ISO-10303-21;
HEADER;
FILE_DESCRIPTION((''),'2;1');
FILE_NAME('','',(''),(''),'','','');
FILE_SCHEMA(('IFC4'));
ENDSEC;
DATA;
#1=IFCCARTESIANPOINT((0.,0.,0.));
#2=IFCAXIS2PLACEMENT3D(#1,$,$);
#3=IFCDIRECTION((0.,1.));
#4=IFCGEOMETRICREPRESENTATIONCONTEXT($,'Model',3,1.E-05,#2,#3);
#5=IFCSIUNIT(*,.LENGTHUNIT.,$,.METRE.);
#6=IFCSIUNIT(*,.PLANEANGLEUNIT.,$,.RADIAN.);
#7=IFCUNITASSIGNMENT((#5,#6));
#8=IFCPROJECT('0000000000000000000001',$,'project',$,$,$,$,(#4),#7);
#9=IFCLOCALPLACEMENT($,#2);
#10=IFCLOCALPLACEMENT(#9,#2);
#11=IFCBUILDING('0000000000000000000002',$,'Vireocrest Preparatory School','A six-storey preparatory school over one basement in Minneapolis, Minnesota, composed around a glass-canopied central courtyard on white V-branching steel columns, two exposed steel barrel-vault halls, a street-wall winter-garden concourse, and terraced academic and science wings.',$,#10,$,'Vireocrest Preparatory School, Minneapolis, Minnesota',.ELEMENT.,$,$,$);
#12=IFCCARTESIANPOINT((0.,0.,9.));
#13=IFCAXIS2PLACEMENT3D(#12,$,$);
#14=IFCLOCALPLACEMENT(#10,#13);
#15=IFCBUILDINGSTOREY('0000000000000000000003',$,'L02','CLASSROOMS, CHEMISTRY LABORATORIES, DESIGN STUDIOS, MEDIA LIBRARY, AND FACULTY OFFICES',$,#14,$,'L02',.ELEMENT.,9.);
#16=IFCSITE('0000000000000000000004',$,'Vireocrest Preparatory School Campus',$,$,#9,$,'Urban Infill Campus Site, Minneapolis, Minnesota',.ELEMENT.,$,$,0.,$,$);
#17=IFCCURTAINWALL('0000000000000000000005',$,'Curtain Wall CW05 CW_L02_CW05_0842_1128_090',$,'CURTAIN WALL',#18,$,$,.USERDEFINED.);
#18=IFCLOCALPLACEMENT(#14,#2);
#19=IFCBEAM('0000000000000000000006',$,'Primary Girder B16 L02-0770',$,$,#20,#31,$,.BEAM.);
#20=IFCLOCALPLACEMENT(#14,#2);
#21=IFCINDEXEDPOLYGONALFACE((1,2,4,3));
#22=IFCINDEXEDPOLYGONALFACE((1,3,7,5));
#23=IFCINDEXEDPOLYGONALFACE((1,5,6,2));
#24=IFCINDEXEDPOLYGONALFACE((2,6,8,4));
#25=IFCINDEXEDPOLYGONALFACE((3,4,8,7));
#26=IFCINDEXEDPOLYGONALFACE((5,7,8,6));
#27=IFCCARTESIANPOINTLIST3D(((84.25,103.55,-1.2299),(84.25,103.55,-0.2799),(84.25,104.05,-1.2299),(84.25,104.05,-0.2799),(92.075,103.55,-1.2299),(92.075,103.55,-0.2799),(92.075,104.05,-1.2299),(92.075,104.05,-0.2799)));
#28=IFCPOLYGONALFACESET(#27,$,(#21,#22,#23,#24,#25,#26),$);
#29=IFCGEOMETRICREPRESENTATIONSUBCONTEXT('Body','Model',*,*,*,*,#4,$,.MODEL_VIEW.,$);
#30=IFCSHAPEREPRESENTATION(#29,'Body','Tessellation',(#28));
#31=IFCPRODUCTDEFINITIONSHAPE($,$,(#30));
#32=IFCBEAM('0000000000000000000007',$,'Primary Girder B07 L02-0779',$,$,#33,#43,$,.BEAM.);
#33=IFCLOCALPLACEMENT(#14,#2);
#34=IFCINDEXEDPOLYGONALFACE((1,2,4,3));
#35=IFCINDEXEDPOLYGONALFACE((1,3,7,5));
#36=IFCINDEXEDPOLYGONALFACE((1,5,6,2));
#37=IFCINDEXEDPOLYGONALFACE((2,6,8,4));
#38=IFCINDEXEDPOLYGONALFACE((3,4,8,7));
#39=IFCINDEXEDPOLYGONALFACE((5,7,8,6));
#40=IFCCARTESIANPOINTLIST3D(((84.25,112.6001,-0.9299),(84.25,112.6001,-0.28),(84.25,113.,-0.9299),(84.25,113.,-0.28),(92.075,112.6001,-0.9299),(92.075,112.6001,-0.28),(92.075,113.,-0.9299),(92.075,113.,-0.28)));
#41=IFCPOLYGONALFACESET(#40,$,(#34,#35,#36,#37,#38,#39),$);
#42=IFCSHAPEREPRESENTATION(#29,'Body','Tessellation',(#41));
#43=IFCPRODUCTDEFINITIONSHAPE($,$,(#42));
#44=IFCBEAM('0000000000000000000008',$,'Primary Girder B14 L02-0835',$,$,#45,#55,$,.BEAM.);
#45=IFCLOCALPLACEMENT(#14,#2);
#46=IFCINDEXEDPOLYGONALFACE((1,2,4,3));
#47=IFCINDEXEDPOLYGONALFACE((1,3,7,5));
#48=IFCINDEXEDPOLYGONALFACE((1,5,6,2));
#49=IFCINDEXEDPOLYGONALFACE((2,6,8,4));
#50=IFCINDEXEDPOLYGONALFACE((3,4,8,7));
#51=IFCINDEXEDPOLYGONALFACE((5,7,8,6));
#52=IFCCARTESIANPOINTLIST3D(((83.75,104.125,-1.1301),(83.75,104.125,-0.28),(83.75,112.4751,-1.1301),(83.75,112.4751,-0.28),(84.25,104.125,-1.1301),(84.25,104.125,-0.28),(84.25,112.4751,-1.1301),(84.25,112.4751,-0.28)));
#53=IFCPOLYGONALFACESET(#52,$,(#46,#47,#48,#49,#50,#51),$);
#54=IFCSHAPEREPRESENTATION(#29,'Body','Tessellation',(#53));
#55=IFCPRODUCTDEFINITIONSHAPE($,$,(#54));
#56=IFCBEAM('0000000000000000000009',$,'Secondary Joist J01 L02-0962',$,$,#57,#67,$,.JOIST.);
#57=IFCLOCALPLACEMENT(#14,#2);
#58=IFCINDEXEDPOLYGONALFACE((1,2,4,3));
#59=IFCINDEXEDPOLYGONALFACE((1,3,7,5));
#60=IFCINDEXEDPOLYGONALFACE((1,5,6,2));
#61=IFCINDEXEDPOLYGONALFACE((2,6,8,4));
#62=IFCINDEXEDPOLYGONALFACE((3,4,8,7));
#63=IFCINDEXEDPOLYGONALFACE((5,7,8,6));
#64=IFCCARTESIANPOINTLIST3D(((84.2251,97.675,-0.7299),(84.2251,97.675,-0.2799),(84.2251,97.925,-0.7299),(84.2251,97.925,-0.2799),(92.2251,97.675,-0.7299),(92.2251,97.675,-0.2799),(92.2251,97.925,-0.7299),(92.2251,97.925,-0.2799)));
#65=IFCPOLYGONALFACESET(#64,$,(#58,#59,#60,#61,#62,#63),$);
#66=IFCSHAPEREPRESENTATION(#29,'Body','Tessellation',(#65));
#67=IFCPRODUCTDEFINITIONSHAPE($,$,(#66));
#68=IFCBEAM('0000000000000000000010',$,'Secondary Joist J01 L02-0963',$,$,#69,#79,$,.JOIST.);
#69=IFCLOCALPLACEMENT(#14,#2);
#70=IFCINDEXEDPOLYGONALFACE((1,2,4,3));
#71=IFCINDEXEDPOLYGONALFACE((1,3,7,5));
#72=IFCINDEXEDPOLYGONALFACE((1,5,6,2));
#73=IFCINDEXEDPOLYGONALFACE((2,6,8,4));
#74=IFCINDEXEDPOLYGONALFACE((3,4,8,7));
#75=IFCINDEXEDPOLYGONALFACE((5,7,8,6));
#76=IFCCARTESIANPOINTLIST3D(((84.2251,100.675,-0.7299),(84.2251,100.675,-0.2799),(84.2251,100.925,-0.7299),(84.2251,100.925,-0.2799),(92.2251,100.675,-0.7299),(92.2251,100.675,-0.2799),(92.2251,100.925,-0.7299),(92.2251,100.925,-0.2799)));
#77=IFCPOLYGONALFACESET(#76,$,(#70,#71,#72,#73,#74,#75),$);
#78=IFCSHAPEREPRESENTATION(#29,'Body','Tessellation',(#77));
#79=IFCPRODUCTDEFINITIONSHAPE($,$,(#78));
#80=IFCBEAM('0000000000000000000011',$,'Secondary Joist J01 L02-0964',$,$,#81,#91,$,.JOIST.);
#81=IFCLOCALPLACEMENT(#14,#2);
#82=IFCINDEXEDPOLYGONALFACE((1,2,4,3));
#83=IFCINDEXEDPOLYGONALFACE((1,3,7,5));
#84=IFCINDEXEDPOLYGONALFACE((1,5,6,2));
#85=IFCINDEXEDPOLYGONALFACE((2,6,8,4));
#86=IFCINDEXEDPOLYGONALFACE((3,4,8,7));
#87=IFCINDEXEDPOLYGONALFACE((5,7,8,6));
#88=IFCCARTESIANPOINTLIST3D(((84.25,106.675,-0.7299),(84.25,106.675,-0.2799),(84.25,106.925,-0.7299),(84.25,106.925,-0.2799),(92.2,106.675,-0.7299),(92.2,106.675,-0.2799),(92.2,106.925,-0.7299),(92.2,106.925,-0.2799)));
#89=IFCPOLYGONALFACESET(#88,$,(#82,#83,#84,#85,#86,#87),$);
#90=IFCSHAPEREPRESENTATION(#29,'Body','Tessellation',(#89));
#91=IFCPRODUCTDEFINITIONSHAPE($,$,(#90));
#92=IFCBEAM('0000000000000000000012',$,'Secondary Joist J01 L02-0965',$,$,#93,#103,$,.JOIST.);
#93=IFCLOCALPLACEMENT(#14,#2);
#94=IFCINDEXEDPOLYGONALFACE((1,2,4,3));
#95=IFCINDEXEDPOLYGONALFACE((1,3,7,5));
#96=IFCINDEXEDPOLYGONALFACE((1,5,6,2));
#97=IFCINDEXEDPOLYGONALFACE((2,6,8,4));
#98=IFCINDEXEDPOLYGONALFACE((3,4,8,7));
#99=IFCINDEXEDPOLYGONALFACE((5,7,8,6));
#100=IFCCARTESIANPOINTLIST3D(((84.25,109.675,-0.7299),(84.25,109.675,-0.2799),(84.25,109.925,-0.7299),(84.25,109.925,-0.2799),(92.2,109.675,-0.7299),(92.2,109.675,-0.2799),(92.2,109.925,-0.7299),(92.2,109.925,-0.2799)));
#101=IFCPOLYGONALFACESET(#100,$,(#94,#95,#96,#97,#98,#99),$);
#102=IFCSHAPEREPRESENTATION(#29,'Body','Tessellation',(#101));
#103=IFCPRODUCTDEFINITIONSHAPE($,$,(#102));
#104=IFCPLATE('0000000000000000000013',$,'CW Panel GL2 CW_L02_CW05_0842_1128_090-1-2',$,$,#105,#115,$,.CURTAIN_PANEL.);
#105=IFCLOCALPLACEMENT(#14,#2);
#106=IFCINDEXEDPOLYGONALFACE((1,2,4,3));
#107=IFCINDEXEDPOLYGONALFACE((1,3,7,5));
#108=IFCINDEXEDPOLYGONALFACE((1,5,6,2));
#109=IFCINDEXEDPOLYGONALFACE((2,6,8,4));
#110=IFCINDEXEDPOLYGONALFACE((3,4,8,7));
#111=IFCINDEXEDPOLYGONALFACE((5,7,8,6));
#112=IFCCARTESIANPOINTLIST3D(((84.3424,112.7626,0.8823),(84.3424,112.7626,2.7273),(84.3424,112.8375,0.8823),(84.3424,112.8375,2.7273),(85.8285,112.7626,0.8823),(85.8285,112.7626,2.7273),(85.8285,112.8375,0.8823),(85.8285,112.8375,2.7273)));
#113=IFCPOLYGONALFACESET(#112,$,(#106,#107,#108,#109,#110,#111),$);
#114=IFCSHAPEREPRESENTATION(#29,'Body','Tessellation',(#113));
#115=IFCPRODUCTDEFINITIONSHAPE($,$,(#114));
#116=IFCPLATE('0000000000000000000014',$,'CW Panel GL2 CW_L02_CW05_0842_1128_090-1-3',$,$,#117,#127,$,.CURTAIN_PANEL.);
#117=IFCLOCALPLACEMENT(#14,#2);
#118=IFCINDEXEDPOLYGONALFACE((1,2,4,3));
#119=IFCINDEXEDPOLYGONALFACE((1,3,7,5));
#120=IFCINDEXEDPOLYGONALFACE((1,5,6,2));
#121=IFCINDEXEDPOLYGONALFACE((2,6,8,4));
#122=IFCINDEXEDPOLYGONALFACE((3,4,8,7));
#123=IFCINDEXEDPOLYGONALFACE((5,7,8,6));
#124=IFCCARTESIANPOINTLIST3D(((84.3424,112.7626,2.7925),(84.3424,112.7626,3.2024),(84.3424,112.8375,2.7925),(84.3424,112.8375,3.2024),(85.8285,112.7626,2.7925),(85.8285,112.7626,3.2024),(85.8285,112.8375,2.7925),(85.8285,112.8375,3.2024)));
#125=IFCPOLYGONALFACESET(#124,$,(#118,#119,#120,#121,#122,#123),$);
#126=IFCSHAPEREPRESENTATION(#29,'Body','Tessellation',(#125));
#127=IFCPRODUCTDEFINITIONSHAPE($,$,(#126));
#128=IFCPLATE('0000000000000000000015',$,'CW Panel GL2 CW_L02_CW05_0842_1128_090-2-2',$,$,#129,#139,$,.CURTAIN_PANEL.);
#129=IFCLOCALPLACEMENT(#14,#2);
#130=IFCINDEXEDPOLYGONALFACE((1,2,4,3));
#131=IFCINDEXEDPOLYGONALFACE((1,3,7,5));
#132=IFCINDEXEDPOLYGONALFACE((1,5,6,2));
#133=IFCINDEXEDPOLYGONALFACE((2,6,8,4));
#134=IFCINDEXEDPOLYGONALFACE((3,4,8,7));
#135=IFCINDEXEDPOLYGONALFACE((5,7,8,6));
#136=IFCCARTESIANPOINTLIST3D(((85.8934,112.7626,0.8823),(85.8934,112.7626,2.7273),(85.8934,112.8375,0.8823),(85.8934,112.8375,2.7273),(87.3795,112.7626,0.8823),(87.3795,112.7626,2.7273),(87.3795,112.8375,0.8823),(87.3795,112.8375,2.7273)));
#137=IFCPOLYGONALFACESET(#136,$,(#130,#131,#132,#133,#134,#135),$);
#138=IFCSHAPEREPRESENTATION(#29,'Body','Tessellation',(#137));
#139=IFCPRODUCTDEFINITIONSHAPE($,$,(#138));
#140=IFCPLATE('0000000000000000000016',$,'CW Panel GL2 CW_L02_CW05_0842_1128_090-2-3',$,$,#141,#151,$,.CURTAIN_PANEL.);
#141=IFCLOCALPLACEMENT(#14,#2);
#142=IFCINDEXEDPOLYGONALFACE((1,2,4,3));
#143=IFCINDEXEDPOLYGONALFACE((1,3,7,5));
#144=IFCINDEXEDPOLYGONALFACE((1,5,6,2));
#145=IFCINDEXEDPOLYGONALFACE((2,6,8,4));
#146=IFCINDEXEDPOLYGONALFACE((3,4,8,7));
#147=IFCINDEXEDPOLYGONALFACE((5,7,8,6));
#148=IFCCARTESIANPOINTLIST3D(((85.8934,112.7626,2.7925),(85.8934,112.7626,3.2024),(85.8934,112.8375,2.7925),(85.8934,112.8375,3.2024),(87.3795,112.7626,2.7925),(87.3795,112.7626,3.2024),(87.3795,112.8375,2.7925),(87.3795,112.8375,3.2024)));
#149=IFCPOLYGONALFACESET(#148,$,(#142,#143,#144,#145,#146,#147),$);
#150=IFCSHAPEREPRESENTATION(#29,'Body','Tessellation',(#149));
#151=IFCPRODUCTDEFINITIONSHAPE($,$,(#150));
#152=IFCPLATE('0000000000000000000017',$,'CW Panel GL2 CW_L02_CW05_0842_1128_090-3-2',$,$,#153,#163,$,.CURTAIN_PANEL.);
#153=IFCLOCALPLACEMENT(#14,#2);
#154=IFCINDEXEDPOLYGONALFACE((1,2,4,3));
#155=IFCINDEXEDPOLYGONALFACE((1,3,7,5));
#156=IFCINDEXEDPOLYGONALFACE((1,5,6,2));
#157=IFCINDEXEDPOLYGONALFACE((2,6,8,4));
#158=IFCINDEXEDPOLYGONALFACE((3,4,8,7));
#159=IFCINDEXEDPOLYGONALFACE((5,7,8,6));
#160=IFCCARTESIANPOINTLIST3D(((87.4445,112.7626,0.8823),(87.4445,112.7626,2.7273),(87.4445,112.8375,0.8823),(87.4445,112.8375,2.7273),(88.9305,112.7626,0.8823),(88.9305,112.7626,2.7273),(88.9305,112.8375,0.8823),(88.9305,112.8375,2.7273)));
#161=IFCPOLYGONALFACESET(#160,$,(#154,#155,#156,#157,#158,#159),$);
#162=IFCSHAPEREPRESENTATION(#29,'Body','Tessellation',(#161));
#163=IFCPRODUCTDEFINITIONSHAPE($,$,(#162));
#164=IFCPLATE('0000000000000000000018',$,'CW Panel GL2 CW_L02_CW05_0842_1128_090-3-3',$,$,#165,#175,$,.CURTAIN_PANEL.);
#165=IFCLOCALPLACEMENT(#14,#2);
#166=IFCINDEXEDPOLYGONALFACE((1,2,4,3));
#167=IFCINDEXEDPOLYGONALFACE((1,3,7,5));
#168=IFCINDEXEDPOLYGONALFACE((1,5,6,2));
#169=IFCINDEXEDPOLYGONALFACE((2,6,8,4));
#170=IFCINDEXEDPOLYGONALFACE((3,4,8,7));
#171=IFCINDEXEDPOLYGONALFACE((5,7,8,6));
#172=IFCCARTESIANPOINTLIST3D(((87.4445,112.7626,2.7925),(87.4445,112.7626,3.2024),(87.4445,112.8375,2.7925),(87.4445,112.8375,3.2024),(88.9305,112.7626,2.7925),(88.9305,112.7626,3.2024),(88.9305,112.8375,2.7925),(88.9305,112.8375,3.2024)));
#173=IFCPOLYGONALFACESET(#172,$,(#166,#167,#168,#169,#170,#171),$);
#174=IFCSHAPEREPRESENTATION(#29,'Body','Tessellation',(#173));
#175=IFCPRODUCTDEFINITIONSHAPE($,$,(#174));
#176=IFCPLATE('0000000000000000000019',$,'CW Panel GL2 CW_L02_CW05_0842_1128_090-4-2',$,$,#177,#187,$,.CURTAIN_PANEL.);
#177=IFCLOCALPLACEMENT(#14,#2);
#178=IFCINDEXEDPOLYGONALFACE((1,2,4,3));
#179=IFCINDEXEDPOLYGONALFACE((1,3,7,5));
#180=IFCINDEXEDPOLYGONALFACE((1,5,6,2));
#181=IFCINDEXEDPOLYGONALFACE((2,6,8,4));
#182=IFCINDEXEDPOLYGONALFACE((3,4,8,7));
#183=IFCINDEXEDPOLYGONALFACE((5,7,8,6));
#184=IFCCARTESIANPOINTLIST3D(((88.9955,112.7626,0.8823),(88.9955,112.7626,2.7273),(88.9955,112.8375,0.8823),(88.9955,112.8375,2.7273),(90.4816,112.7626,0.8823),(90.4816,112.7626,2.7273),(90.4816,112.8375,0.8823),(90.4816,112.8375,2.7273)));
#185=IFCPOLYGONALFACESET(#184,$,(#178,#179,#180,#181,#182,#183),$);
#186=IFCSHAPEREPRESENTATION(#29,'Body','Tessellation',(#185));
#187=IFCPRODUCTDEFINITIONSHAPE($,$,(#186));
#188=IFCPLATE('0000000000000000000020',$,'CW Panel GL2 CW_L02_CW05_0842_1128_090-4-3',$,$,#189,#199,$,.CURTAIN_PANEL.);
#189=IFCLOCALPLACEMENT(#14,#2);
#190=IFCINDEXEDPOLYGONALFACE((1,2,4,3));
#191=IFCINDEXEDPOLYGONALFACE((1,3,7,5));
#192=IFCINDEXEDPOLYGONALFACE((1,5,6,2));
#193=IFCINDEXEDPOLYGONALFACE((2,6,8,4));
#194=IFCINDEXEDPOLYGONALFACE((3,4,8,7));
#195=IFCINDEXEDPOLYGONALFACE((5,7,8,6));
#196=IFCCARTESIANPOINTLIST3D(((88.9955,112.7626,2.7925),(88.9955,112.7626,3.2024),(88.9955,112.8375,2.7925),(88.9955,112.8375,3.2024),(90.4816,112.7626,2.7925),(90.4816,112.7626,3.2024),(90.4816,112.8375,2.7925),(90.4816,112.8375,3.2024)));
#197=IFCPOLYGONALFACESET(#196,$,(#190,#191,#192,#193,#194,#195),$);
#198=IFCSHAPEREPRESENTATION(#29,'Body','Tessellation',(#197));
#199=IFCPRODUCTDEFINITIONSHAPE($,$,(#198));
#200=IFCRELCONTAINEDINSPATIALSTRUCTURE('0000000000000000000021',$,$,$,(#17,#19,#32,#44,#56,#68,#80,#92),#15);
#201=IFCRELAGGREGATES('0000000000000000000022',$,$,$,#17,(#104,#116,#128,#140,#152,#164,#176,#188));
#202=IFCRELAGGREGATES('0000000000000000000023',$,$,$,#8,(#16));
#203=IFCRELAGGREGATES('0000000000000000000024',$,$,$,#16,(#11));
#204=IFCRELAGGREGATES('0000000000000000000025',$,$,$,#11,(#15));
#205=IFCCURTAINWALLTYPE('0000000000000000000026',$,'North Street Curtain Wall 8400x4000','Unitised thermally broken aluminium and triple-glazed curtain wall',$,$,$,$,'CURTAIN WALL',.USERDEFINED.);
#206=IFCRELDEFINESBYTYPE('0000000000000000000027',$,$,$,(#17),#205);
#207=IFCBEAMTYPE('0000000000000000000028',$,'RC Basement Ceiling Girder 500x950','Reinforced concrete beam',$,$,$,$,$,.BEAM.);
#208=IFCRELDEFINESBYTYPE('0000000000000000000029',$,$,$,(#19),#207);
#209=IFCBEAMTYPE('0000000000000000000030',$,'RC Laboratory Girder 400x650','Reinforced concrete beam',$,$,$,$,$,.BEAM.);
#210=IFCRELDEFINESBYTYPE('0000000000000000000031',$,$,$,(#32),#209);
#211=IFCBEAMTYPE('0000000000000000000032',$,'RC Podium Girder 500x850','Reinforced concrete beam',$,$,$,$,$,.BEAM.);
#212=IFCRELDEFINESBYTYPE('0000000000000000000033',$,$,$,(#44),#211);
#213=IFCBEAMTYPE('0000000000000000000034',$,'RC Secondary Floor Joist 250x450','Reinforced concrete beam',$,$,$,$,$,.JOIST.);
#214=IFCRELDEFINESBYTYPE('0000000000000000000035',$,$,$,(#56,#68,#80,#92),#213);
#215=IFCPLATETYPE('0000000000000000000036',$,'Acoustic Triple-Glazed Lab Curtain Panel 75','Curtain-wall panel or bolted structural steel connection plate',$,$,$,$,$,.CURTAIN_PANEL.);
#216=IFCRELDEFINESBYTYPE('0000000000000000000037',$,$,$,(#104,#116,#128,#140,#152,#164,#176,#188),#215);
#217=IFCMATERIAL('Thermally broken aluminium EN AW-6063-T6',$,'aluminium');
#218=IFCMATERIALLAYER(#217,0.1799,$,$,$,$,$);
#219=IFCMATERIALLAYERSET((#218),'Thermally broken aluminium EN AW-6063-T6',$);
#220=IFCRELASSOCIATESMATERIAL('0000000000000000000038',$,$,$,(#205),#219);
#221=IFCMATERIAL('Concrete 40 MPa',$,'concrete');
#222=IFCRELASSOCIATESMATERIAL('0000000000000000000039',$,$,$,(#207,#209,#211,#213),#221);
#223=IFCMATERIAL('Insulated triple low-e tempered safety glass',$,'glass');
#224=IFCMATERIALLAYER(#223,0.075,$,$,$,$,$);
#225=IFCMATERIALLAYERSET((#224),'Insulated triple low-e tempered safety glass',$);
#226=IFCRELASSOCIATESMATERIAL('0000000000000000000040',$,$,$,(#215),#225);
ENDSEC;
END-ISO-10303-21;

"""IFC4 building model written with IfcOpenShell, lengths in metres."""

from ifc_helpers import new_model, si_unit, direction, frame, origin, origin_2d, place, context, subcontext, project, spatial, rectangle, extrude, material, layer, layer_set, material_profile, profile_set, type_object, element, aggregate, save


model = new_model("IFC4")

# Units and contexts
model_context = context("Model", 3, precision=1e-05, world=origin(), true_north=direction((0.0, 1.0)))
body_context = subcontext(model_context, "Body", "Model", "MODEL_VIEW")
ifc_project = project(units=[si_unit("LENGTHUNIT", "METRE"), si_unit("PLANEANGLEUNIT", "RADIAN")], contexts=[model_context])

# Site, building, storey
site_placement = place(None, origin())
site = spatial("IfcSite", under=ifc_project, at=site_placement, Name="Vireocrest Preparatory School Campus", LongName="Urban Infill Campus Site, Minneapolis, Minnesota", CompositionType="ELEMENT", RefElevation=0.0)
building_placement = place(site_placement, origin())
building = spatial("IfcBuilding", under=site, at=building_placement, Name="Vireocrest Preparatory School", Description="A six-storey preparatory school over one basement in Minneapolis, Minnesota, composed around a glass-canopied central courtyard on white V-branching steel columns, two exposed steel barrel-vault halls, a street-wall winter-garden concourse, and terraced academic and science wings.", LongName="Vireocrest Preparatory School, Minneapolis, Minnesota", CompositionType="ELEMENT")
storey_placement = place(building_placement, frame((0.0, 0.0, 9.0)))
storey = spatial("IfcBuildingStorey", under=building, at=storey_placement, Name="L02", Description="CLASSROOMS, CHEMISTRY LABORATORIES, DESIGN STUDIOS, MEDIA LIBRARY, AND FACULTY OFFICES", LongName="L02", CompositionType="ELEMENT", Elevation=9.0)

# Curtain wall
ifc_material_1 = material(Name="Thermally broken aluminium EN AW-6063-T6", Category="aluminium")
ifc_layer_1 = layer(ifc_material_1, 0.1799)
ifc_layer_set_1 = layer_set([ifc_layer_1], Name="Thermally broken aluminium EN AW-6063-T6")
curtain_wall_type = type_object("IfcCurtainWallType", Name="North Street Curtain Wall 8400x4000", Description="Unitised thermally broken aluminium and triple-glazed curtain wall", ElementType="CURTAIN WALL", PredefinedType="USERDEFINED", material=ifc_layer_set_1)
curtain_wall_placement = place(storey_placement, origin())
curtain_wall = element("IfcCurtainWall", 1, at=curtain_wall_placement, inside=storey, type_object=curtain_wall_type, Name="Curtain Wall CW05 CW_L02_CW05_0842_1128_090", ObjectType="CURTAIN WALL", PredefinedType="USERDEFINED")

# Beams
ifc_material_2 = material(Name="Concrete 40 MPa", Category="concrete")
ifc_material_profile_1 = material_profile(ifc_material_2, rectangle(XDim=0.5, YDim=0.95, at=origin_2d()), Name="RC 500x950")
ifc_profile_set_1 = profile_set([ifc_material_profile_1], Name="Concrete 40 MPa")
beam_type_1 = type_object("IfcBeamType", Name="RC Basement Ceiling Girder 500x950", Description="Reinforced concrete beam", PredefinedType="BEAM", material=ifc_profile_set_1)
beam_1_placement = place(storey_placement, frame((84.25, 103.8, -0.7549), z_axis=(1.0, 0.0, 0.0), x_axis=(0.0, 1.0, 0.0)))
element("IfcBeam", 2, at=beam_1_placement, inside=storey, type_object=beam_type_1, Name="Primary Girder B16 L02-0770", PredefinedType="BEAM", context=body_context, shape_type="SweptSolid", body=[
    extrude(rectangle(XDim=0.5, YDim=0.95, at=origin_2d()), origin(), (0.0, 0.0, 1.0), 7.825),
])
ifc_material_profile_2 = material_profile(ifc_material_2, rectangle(XDim=0.3999, YDim=0.6499, at=origin_2d()), Name="RC 400x650")
ifc_profile_set_2 = profile_set([ifc_material_profile_2], Name="Concrete 40 MPa")
beam_type_2 = type_object("IfcBeamType", Name="RC Laboratory Girder 400x650", Description="Reinforced concrete beam", PredefinedType="BEAM", material=ifc_profile_set_2)
beam_2_placement = place(storey_placement, frame((84.25, 112.8, -0.605), z_axis=(1.0, 0.0, 0.0), x_axis=(0.0, 1.0, 0.0)))
element("IfcBeam", 3, at=beam_2_placement, inside=storey, type_object=beam_type_2, Name="Primary Girder B07 L02-0779", PredefinedType="BEAM", context=body_context, shape_type="SweptSolid", body=[
    extrude(rectangle(XDim=0.3999, YDim=0.6499, at=origin_2d()), origin(), (0.0, 0.0, 1.0), 7.825),
])
ifc_material_profile_3 = material_profile(ifc_material_2, rectangle(XDim=0.5, YDim=0.8501, at=origin_2d()), Name="RC 500x850")
ifc_profile_set_3 = profile_set([ifc_material_profile_3], Name="Concrete 40 MPa")
beam_type_3 = type_object("IfcBeamType", Name="RC Podium Girder 500x850", Description="Reinforced concrete beam", PredefinedType="BEAM", material=ifc_profile_set_3)
beam_3_placement = place(storey_placement, frame((84.0, 104.125, -0.7051), z_axis=(0.0, 1.0, 0.0), x_axis=(-1.0, 0.0, 0.0)))
element("IfcBeam", 4, at=beam_3_placement, inside=storey, type_object=beam_type_3, Name="Primary Girder B14 L02-0835", PredefinedType="BEAM", context=body_context, shape_type="SweptSolid", body=[
    extrude(rectangle(XDim=0.5, YDim=0.8501, at=origin_2d()), origin(), (0.0, 0.0, 1.0), 8.3501),
])
ifc_material_profile_4 = material_profile(ifc_material_2, rectangle(XDim=0.25, YDim=0.45, at=origin_2d()), Name="RC 250x450")
ifc_profile_set_4 = profile_set([ifc_material_profile_4], Name="Concrete 40 MPa")
beam_type_4 = type_object("IfcBeamType", Name="RC Secondary Floor Joist 250x450", Description="Reinforced concrete beam", PredefinedType="JOIST", material=ifc_profile_set_4)
for number, where, z_axis, x_axis, name in (
    (5, (84.2251, 97.8, -0.5049), (1.0, 0.0, 0.0), (0.0, 1.0, 0.0), "Secondary Joist J01 L02-0962"),
    (6, (84.2251, 100.8, -0.5049), (1.0, 0.0, 0.0), (0.0, 1.0, 0.0), "Secondary Joist J01 L02-0963"),
):
    element("IfcBeam", number, at=place(storey_placement, frame(where, z_axis=z_axis, x_axis=x_axis)), inside=storey, type_object=beam_type_4, Name=name, PredefinedType="JOIST", context=body_context, shape_type="SweptSolid", body=[
        extrude(rectangle(XDim=0.25, YDim=0.45, at=origin_2d()), origin(), (0.0, 0.0, 1.0), 8.0),
    ])
for number, where, z_axis, x_axis, name in (
    (7, (84.25, 106.8, -0.5049), (1.0, 0.0, 0.0), (0.0, 1.0, 0.0), "Secondary Joist J01 L02-0964"),
    (8, (84.25, 109.8, -0.5049), (1.0, 0.0, 0.0), (0.0, 1.0, 0.0), "Secondary Joist J01 L02-0965"),
):
    element("IfcBeam", number, at=place(storey_placement, frame(where, z_axis=z_axis, x_axis=x_axis)), inside=storey, type_object=beam_type_4, Name=name, PredefinedType="JOIST", context=body_context, shape_type="SweptSolid", body=[
        extrude(rectangle(XDim=0.25, YDim=0.45, at=origin_2d()), origin(), (0.0, 0.0, 1.0), 7.95),
    ])

# Plates
ifc_material_3 = material(Name="Insulated triple low-e tempered safety glass", Category="glass")
ifc_layer_2 = layer(ifc_material_3, 0.075)
ifc_layer_set_2 = layer_set([ifc_layer_2], Name="Insulated triple low-e tempered safety glass")
plate_type_1 = type_object("IfcPlateType", Name="Acoustic Triple-Glazed Lab Curtain Panel 75", Description="Curtain-wall panel or bolted structural steel connection plate", PredefinedType="CURTAIN_PANEL", material=ifc_layer_set_2)
plate_1_placement = place(storey_placement, frame((85.0854, 112.8, 0.8823), z_axis=(0.0, 0.0, 1.0), x_axis=(1.0, 0.0, 0.0)))
plate_1 = element("IfcPlate", 9, at=plate_1_placement, type_object=plate_type_1, Name="CW Panel GL2 CW_L02_CW05_0842_1128_090-1-2", PredefinedType="CURTAIN_PANEL", context=body_context, shape_type="SweptSolid", body=[
    extrude(rectangle(XDim=1.4861, YDim=0.075, at=origin_2d()), origin(), (0.0, 0.0, 1.0), 1.845),
])
plate_2_placement = place(storey_placement, frame((85.0854, 112.8, 2.7925), z_axis=(0.0, 0.0, 1.0), x_axis=(1.0, 0.0, 0.0)))
plate_2 = element("IfcPlate", 10, at=plate_2_placement, type_object=plate_type_1, Name="CW Panel GL2 CW_L02_CW05_0842_1128_090-1-3", PredefinedType="CURTAIN_PANEL", context=body_context, shape_type="SweptSolid", body=[
    extrude(rectangle(XDim=1.4861, YDim=0.075, at=origin_2d()), origin(), (0.0, 0.0, 1.0), 0.4099),
])
plate_3_placement = place(storey_placement, frame((86.6365, 112.8, 0.8823), z_axis=(0.0, 0.0, 1.0), x_axis=(1.0, 0.0, 0.0)))
plate_3 = element("IfcPlate", 11, at=plate_3_placement, type_object=plate_type_1, Name="CW Panel GL2 CW_L02_CW05_0842_1128_090-2-2", PredefinedType="CURTAIN_PANEL", context=body_context, shape_type="SweptSolid", body=[
    extrude(rectangle(XDim=1.4861, YDim=0.075, at=origin_2d()), origin(), (0.0, 0.0, 1.0), 1.845),
])
plate_4_placement = place(storey_placement, frame((86.6365, 112.8, 2.7925), z_axis=(0.0, 0.0, 1.0), x_axis=(1.0, 0.0, 0.0)))
plate_4 = element("IfcPlate", 12, at=plate_4_placement, type_object=plate_type_1, Name="CW Panel GL2 CW_L02_CW05_0842_1128_090-2-3", PredefinedType="CURTAIN_PANEL", context=body_context, shape_type="SweptSolid", body=[
    extrude(rectangle(XDim=1.4861, YDim=0.075, at=origin_2d()), origin(), (0.0, 0.0, 1.0), 0.4099),
])
plate_5_placement = place(storey_placement, frame((88.1875, 112.8, 0.8823), z_axis=(0.0, 0.0, 1.0), x_axis=(1.0, 0.0, 0.0)))
plate_5 = element("IfcPlate", 13, at=plate_5_placement, type_object=plate_type_1, Name="CW Panel GL2 CW_L02_CW05_0842_1128_090-3-2", PredefinedType="CURTAIN_PANEL", context=body_context, shape_type="SweptSolid", body=[
    extrude(rectangle(XDim=1.4861, YDim=0.075, at=origin_2d()), origin(), (0.0, 0.0, 1.0), 1.845),
])
plate_6_placement = place(storey_placement, frame((88.1875, 112.8, 2.7925), z_axis=(0.0, 0.0, 1.0), x_axis=(1.0, 0.0, 0.0)))
plate_6 = element("IfcPlate", 14, at=plate_6_placement, type_object=plate_type_1, Name="CW Panel GL2 CW_L02_CW05_0842_1128_090-3-3", PredefinedType="CURTAIN_PANEL", context=body_context, shape_type="SweptSolid", body=[
    extrude(rectangle(XDim=1.4861, YDim=0.075, at=origin_2d()), origin(), (0.0, 0.0, 1.0), 0.4099),
])
plate_7_placement = place(storey_placement, frame((89.7385, 112.8, 0.8823), z_axis=(0.0, 0.0, 1.0), x_axis=(1.0, 0.0, 0.0)))
plate_7 = element("IfcPlate", 15, at=plate_7_placement, type_object=plate_type_1, Name="CW Panel GL2 CW_L02_CW05_0842_1128_090-4-2", PredefinedType="CURTAIN_PANEL", context=body_context, shape_type="SweptSolid", body=[
    extrude(rectangle(XDim=1.4861, YDim=0.075, at=origin_2d()), origin(), (0.0, 0.0, 1.0), 1.845),
])
plate_8_placement = place(storey_placement, frame((89.7385, 112.8, 2.7925), z_axis=(0.0, 0.0, 1.0), x_axis=(1.0, 0.0, 0.0)))
plate_8 = element("IfcPlate", 16, at=plate_8_placement, type_object=plate_type_1, Name="CW Panel GL2 CW_L02_CW05_0842_1128_090-4-3", PredefinedType="CURTAIN_PANEL", context=body_context, shape_type="SweptSolid", body=[
    extrude(rectangle(XDim=1.4861, YDim=0.075, at=origin_2d()), origin(), (0.0, 0.0, 1.0), 0.4099),
])
aggregate(curtain_wall, [plate_1, plate_2, plate_3, plate_4, plate_5, plate_6, plate_7, plate_8])

save(model, "model.ifc")
